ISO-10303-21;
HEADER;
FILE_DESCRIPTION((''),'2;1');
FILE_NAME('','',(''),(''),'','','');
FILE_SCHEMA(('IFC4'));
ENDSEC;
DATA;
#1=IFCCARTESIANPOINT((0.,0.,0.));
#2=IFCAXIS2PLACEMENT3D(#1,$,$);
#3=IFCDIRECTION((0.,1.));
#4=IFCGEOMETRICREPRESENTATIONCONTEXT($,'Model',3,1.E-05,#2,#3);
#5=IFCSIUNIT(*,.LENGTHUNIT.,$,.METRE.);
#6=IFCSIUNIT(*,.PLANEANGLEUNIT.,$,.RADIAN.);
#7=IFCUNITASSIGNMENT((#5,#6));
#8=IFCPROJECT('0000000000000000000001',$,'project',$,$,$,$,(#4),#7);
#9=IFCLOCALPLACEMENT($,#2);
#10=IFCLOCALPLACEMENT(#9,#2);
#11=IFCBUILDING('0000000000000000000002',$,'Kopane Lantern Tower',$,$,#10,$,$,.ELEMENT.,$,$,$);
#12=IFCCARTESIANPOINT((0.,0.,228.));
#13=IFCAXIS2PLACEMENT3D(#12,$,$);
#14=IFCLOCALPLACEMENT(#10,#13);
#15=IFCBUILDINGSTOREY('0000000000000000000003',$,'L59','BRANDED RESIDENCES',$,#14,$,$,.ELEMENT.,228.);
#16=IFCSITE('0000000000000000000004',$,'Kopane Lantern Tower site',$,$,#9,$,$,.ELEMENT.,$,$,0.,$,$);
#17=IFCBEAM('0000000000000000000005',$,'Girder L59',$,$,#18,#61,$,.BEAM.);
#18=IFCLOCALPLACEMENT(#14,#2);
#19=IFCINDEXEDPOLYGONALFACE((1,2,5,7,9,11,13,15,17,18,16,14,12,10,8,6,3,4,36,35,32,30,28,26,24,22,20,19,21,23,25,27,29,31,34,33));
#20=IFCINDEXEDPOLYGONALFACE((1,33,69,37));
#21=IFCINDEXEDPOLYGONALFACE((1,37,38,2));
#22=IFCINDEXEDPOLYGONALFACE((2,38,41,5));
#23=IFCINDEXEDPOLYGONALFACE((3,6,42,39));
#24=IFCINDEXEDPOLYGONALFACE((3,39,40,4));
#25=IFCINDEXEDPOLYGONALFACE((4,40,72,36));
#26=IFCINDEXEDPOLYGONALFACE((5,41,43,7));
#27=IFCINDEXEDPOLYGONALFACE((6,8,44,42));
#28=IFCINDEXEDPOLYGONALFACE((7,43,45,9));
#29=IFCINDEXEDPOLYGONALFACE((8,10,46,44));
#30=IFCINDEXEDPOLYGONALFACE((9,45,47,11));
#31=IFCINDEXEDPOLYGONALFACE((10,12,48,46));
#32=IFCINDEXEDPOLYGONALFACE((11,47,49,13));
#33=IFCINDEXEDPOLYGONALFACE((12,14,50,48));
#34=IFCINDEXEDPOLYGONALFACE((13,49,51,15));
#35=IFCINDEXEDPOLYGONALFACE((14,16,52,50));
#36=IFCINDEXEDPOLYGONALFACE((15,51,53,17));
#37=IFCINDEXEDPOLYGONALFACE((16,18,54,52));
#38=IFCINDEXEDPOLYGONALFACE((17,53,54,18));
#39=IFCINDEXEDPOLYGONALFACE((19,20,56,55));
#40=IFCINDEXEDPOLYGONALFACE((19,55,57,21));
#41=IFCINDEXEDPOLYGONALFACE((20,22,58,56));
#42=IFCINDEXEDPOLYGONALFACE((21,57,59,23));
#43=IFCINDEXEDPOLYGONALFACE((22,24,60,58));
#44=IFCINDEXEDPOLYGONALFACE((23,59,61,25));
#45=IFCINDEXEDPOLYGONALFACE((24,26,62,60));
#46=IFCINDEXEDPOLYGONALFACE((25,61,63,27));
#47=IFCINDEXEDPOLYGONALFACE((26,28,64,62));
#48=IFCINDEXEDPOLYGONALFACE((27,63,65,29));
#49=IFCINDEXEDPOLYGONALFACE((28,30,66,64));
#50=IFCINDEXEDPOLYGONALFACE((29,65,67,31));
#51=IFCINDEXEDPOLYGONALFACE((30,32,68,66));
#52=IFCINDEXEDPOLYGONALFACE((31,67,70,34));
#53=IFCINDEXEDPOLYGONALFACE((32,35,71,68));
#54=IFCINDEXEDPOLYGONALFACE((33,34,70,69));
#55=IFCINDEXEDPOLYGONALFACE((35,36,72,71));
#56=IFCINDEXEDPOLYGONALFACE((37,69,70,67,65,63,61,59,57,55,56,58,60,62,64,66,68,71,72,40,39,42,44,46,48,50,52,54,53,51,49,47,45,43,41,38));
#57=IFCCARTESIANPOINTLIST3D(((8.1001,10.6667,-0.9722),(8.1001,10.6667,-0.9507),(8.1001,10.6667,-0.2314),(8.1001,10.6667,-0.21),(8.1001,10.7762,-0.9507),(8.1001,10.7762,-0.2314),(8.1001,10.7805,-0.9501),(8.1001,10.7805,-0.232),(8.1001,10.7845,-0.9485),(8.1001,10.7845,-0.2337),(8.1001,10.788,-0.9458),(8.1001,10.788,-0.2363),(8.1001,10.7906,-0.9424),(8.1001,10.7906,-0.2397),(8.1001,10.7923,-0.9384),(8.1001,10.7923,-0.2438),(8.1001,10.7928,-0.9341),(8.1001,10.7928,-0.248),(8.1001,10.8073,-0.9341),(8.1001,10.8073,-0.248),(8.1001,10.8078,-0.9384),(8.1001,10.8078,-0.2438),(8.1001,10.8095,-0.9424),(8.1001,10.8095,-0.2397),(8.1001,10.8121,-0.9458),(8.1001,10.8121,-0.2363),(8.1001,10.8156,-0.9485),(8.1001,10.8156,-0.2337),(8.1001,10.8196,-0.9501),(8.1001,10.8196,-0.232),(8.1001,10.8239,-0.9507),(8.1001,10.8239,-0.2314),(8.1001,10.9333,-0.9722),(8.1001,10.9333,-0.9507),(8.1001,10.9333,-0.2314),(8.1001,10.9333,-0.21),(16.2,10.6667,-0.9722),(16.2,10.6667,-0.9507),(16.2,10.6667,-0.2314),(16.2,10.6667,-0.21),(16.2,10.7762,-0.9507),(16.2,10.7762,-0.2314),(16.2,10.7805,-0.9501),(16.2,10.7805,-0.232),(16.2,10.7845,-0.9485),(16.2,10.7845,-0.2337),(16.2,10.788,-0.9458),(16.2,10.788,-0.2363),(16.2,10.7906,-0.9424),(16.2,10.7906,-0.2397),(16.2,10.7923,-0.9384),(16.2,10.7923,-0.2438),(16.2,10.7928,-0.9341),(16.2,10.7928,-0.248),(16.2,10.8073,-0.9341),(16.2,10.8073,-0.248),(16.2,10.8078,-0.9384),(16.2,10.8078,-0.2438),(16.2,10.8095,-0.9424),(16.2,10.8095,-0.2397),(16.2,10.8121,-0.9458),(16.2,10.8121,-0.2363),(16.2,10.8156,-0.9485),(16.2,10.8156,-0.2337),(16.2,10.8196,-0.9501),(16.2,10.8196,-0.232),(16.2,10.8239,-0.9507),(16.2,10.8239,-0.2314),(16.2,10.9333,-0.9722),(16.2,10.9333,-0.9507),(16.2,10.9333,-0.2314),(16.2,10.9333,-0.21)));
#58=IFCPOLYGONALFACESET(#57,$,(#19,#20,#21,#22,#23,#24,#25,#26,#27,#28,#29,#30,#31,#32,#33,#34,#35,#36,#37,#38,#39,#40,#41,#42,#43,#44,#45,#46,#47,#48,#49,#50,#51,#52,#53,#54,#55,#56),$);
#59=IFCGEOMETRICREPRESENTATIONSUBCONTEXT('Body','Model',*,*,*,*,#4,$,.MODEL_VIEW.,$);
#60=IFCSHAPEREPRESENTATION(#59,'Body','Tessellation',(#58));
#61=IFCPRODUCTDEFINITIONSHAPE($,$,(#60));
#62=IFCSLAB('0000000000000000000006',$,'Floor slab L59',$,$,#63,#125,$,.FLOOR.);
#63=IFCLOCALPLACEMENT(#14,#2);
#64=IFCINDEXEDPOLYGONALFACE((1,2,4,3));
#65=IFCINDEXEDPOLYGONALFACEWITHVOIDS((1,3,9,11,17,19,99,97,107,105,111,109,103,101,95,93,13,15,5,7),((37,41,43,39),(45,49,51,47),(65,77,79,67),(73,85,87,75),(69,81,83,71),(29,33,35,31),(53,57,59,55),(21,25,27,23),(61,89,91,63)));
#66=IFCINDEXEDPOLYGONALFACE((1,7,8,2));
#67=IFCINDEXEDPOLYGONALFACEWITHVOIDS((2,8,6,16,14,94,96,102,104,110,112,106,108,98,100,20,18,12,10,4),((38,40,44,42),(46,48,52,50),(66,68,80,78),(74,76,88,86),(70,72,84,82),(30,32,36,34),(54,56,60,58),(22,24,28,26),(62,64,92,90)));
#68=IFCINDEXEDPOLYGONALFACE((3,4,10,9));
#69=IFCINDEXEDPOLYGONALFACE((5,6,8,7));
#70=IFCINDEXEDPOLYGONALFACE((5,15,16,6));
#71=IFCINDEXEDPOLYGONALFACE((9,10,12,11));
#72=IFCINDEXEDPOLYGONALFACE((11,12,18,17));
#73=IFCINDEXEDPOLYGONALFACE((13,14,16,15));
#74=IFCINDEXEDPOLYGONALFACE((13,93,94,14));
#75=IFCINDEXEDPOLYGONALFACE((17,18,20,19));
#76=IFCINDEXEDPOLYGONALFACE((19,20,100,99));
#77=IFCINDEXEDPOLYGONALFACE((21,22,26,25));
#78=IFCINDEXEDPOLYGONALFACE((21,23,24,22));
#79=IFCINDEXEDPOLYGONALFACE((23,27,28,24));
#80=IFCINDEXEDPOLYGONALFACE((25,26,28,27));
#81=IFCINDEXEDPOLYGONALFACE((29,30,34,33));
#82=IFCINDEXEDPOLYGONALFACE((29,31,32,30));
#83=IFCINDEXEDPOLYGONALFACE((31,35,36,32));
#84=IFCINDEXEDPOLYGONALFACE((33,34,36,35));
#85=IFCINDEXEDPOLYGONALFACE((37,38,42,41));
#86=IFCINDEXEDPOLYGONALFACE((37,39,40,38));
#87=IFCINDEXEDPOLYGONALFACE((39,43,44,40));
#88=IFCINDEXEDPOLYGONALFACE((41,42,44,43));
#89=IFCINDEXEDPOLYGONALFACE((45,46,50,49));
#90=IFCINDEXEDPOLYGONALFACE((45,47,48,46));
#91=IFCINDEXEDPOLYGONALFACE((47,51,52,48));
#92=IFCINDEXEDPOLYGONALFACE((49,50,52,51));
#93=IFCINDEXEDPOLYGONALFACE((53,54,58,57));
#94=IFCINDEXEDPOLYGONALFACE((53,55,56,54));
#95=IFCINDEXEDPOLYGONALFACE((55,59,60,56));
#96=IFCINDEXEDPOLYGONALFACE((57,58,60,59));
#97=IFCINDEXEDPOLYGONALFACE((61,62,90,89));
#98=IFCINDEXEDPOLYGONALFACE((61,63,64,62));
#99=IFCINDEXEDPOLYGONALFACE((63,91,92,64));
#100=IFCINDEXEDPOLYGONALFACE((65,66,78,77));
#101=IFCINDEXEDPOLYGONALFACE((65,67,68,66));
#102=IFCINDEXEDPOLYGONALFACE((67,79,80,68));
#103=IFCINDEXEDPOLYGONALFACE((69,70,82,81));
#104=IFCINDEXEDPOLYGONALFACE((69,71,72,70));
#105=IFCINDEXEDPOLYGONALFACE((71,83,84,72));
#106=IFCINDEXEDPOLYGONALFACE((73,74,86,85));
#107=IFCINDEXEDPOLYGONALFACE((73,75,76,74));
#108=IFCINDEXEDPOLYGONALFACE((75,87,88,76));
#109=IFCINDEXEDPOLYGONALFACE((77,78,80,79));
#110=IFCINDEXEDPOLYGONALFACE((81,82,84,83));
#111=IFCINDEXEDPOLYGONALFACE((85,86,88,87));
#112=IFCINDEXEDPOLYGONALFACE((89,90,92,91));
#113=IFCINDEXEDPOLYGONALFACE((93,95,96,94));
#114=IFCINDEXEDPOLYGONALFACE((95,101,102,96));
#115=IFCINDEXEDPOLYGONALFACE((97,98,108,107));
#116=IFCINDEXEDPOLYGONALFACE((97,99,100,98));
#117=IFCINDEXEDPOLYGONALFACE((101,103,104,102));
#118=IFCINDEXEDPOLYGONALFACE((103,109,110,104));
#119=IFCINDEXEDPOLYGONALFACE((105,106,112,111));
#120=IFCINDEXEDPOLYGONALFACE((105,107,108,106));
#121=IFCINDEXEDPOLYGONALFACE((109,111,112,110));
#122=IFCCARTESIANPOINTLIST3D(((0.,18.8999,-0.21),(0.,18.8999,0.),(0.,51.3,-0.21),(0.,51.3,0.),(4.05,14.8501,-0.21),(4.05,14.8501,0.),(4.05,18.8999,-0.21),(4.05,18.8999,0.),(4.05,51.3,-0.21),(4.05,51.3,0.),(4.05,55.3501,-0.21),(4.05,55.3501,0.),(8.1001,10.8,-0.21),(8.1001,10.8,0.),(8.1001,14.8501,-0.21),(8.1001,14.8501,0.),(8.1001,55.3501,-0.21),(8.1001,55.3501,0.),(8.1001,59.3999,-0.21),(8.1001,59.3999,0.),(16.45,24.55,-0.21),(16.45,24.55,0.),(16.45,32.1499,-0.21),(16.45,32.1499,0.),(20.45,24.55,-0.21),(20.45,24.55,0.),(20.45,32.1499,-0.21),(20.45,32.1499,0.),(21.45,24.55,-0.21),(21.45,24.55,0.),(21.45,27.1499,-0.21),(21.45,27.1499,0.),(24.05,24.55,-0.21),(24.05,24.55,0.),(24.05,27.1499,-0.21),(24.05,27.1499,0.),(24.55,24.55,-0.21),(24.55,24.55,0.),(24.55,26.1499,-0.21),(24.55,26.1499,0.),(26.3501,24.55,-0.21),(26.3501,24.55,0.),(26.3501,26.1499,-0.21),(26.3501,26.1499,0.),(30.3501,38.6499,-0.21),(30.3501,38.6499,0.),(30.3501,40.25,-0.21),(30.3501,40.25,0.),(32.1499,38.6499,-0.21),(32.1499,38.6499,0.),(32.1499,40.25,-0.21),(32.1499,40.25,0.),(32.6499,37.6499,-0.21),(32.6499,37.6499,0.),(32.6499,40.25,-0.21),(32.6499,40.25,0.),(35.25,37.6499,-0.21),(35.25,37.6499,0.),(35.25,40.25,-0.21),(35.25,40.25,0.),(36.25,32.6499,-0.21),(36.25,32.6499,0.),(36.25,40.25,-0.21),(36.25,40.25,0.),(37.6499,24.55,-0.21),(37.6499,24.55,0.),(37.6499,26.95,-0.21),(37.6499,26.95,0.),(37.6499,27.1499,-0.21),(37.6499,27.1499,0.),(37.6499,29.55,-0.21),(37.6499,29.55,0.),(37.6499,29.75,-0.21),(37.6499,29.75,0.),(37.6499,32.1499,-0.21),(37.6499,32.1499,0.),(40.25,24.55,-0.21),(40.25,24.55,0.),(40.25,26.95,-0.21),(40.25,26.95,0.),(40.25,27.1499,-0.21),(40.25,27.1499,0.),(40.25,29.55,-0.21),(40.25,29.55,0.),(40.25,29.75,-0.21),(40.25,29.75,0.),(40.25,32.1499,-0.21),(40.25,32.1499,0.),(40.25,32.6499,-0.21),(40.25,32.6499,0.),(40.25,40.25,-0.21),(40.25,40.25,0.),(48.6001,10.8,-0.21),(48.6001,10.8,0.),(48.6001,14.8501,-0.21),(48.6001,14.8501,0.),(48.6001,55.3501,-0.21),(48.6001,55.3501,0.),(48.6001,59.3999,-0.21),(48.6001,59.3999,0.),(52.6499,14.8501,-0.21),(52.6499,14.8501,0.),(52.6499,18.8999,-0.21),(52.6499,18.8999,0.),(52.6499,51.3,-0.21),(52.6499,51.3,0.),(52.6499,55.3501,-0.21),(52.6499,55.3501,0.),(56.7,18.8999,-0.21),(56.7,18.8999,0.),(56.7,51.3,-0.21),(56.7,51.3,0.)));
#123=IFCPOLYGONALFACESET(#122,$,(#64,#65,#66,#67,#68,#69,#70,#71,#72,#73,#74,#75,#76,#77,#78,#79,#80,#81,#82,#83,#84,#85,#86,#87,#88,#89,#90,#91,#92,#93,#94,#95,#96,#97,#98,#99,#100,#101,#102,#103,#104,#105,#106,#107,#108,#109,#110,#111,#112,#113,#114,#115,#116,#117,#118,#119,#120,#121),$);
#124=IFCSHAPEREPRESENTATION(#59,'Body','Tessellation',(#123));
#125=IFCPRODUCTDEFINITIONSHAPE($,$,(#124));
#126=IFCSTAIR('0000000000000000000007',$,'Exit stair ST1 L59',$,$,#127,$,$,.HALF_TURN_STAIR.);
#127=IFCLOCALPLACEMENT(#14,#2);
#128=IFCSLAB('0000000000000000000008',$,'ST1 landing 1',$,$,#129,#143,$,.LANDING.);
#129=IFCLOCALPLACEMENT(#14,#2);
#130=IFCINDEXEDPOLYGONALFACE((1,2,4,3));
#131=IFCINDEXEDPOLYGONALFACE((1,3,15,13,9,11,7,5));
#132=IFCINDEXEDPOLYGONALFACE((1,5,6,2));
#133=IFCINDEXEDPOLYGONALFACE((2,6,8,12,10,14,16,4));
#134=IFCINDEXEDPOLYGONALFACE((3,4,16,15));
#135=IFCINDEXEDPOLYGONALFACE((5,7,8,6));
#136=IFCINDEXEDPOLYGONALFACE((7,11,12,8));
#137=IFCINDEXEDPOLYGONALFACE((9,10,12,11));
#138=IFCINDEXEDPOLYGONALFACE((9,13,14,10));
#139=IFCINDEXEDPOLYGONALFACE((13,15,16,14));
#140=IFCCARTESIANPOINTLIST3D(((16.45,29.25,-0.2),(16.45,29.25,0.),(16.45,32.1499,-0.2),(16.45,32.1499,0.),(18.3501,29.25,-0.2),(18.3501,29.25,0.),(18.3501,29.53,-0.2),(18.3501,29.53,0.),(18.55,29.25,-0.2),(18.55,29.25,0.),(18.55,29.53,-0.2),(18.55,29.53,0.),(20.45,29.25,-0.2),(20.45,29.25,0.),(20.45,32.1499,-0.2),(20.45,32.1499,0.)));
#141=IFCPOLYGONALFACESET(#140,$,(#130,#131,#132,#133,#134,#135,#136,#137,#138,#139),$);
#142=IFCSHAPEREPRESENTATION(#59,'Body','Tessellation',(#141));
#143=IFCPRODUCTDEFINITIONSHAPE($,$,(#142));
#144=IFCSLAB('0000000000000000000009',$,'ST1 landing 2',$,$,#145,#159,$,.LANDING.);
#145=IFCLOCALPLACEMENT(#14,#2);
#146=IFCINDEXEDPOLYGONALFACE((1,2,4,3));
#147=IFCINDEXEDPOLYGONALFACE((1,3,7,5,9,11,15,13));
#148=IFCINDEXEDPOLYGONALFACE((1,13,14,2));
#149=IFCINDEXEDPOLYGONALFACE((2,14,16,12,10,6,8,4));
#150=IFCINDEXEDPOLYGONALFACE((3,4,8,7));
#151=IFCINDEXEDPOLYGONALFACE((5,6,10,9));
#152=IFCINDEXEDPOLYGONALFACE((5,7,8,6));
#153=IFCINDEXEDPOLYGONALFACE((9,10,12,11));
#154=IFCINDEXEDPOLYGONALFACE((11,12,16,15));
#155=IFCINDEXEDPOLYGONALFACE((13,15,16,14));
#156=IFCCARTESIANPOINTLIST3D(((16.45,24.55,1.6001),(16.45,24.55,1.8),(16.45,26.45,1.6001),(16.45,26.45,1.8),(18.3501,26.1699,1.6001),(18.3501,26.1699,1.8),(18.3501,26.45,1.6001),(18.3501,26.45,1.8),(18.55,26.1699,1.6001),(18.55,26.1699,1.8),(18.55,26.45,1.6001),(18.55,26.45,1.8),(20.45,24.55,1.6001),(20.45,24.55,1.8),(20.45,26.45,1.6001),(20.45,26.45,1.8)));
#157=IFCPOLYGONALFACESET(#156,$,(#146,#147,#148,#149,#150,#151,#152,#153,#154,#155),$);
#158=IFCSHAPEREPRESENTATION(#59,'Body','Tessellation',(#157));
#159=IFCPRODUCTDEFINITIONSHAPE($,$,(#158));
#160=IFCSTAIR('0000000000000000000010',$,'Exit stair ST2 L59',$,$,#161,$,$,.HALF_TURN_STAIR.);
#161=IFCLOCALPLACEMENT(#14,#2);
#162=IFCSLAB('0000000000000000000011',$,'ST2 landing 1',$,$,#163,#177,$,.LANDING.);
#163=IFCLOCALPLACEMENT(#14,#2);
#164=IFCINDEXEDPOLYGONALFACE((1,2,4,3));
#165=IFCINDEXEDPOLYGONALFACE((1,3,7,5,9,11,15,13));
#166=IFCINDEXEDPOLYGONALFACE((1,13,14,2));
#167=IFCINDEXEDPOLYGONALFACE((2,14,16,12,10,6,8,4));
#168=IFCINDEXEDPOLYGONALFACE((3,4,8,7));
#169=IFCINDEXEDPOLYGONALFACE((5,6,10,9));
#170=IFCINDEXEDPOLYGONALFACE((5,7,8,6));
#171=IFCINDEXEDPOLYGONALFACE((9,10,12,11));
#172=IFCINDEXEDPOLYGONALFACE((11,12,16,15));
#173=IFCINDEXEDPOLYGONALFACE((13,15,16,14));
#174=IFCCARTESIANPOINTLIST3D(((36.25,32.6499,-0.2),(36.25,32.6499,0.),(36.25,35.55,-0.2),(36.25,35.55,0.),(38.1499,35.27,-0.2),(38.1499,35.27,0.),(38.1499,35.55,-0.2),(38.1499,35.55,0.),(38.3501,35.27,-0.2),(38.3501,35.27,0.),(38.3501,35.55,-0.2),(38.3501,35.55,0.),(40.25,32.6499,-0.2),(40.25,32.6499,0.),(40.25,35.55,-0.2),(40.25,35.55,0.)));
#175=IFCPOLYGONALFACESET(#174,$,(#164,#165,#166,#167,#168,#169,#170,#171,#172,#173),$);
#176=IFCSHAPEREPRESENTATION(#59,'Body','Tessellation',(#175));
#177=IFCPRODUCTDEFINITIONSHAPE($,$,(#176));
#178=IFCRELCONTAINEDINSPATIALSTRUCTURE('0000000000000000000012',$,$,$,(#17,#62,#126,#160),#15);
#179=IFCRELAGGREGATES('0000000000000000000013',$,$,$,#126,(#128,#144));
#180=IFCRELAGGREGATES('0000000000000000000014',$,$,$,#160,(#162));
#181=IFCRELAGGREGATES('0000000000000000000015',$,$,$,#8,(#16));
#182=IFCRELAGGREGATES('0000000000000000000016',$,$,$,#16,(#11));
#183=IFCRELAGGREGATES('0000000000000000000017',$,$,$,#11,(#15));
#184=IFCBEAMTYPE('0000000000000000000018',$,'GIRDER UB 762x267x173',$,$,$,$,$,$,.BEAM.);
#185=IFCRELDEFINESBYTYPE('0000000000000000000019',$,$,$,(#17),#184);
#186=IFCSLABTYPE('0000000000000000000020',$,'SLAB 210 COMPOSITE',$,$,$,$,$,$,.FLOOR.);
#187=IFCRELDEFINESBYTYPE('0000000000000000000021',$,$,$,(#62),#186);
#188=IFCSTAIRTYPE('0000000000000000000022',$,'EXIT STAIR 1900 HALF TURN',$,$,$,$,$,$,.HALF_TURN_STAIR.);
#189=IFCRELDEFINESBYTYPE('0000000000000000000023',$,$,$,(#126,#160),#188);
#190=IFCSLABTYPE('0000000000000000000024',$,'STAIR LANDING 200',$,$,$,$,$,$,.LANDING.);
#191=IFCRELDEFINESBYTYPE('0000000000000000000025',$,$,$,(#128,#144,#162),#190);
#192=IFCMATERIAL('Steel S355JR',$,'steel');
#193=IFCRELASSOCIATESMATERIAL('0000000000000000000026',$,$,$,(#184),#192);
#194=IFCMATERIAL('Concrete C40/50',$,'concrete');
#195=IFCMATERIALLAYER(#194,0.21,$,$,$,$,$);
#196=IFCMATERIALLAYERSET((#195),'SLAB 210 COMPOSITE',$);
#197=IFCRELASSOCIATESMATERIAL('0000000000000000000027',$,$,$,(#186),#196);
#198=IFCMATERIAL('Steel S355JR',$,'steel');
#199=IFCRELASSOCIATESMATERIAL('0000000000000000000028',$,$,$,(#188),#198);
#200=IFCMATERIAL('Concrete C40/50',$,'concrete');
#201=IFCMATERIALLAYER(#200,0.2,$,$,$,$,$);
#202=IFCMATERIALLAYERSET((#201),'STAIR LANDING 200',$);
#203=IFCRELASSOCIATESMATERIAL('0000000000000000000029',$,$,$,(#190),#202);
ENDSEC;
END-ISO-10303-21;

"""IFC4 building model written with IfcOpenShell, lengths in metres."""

from ifc_helpers import new_model, si_unit, direction, frame, origin, origin_2d, place, context, subcontext, project, spatial, polyline, i_section, outline, extrude, material, layer, layer_set, material_profile, profile_set, type_object, element, aggregate, save


model = new_model("IFC4")

# Units and contexts
model_context = context("Model", 3, precision=1e-05, world=origin(), true_north=direction((0.0, 1.0)))
body_context = subcontext(model_context, "Body", "Model", "MODEL_VIEW")
ifc_project = project(units=[si_unit("LENGTHUNIT", "METRE"), si_unit("PLANEANGLEUNIT", "RADIAN")], contexts=[model_context])

# Site, building, storey
site_placement = place(None, origin())
site = spatial("IfcSite", under=ifc_project, at=site_placement, Name="Kopane Lantern Tower site", CompositionType="ELEMENT", RefElevation=0.0)
building_placement = place(site_placement, origin())
building = spatial("IfcBuilding", under=site, at=building_placement, Name="Kopane Lantern Tower", CompositionType="ELEMENT")
storey_placement = place(building_placement, frame((0.0, 0.0, 228.0)))
storey = spatial("IfcBuildingStorey", under=building, at=storey_placement, Name="L59", Description="BRANDED RESIDENCES", CompositionType="ELEMENT", Elevation=228.0)

# Beam
ifc_material_1 = material(Name="Steel S355JR", Category="steel")
ifc_material_profile_1 = material_profile(ifc_material_1, i_section(OverallWidth=0.2666, OverallDepth=0.7622, WebThickness=0.0144, FlangeThickness=0.0215, FilletRadius=0.0166, at=origin_2d()), Name="UB 762x267x173")
ifc_profile_set_1 = profile_set([ifc_material_profile_1], Name="Steel S355JR")
beam_type_1 = type_object("IfcBeamType", Name="GIRDER UB 762x267x173", PredefinedType="BEAM", material=ifc_profile_set_1)
for number, where, z_axis, x_axis, name in (
    (1, (8.1001, 10.8, -0.5911), (1.0, 0.0, 0.0), (0.0, 1.0, 0.0), "Girder L59"),
):
    element("IfcBeam", number, at=place(storey_placement, frame(where, z_axis=z_axis, x_axis=x_axis)), inside=storey, type_object=beam_type_1, Name=name, PredefinedType="BEAM", context=body_context, shape_type="SweptSolid", body=[
        extrude(i_section(OverallWidth=0.2666, OverallDepth=0.7622, WebThickness=0.0144, FlangeThickness=0.0215, FilletRadius=0.0166, at=origin_2d()), origin(), (0.0, 0.0, 1.0), 8.0999),
    ])

# Slab
ifc_material_2 = material(Name="Concrete C40/50", Category="concrete")
ifc_layer_1 = layer(ifc_material_2, 0.21)
ifc_layer_set_1 = layer_set([ifc_layer_1], Name="SLAB 210 COMPOSITE")
slab_type_1 = type_object("IfcSlabType", Name="SLAB 210 COMPOSITE", PredefinedType="FLOOR", material=ifc_layer_set_1)
slab_1_placement = place(storey_placement, frame((0.0, 0.0, -0.21)))
element("IfcSlab", 2, at=slab_1_placement, inside=storey, type_object=slab_type_1, Name="Floor slab L59", PredefinedType="FLOOR", context=body_context, shape_type="SweptSolid", body=[
    extrude(outline(polyline([(8.1001, 10.8), (48.6001, 10.8), (48.6001, 14.8501), (52.6499, 14.8501), (52.6499, 18.8999), (56.7, 18.8999), (56.7, 51.3), (52.6499, 51.3), (52.6499, 55.3501), (48.6001, 55.3501), (48.6001, 59.3999), (8.1001, 59.3999), (8.1001, 55.3501), (4.05, 55.3501), (4.05, 51.3), (0.0, 51.3), (0.0, 18.8999), (4.05, 18.8999), (4.05, 14.8501), (8.1001, 14.8501), (8.1001, 10.8)]), holes=[polyline([(16.45, 24.55), (20.45, 24.55), (20.45, 32.1499), (16.45, 32.1499), (16.45, 24.55)]), polyline([(36.25, 32.6499), (40.25, 32.6499), (40.25, 40.25), (36.25, 40.25), (36.25, 32.6499)]), polyline([(37.6499, 24.55), (40.25, 24.55), (40.25, 26.95), (37.6499, 26.95), (37.6499, 24.55)]), polyline([(37.6499, 27.1499), (40.25, 27.1499), (40.25, 29.55), (37.6499, 29.55), (37.6499, 27.1499)]), polyline([(37.6499, 29.75), (40.25, 29.75), (40.25, 32.1499), (37.6499, 32.1499), (37.6499, 29.75)]), polyline([(21.45, 24.55), (24.05, 24.55), (24.05, 27.1499), (21.45, 27.1499), (21.45, 24.55)]), polyline([(32.6499, 37.6499), (35.25, 37.6499), (35.25, 40.25), (32.6499, 40.25), (32.6499, 37.6499)]), polyline([(24.55, 24.55), (26.3501, 24.55), (26.3501, 26.1499), (24.55, 26.1499), (24.55, 24.55)]), polyline([(30.3501, 38.6499), (32.1499, 38.6499), (32.1499, 40.25), (30.3501, 40.25), (30.3501, 38.6499)])]), origin(), (0.0, 0.0, 1.0), 0.21),
])

# Stairs, slabs
ifc_material_3 = material(Name="Steel S355JR", Category="steel")
stair_type = type_object("IfcStairType", Name="EXIT STAIR 1900 HALF TURN", PredefinedType="HALF_TURN_STAIR", material=ifc_material_3)
stair_1_placement = place(storey_placement, origin())
stair_1 = element("IfcStair", 3, at=stair_1_placement, inside=storey, type_object=stair_type, Name="Exit stair ST1 L59", PredefinedType="HALF_TURN_STAIR")
ifc_material_4 = material(Name="Concrete C40/50", Category="concrete")
ifc_layer_2 = layer(ifc_material_4, 0.2)
ifc_layer_set_2 = layer_set([ifc_layer_2], Name="STAIR LANDING 200")
slab_type_2 = type_object("IfcSlabType", Name="STAIR LANDING 200", PredefinedType="LANDING", material=ifc_layer_set_2)
slab_2_placement = place(storey_placement, frame((0.0, 0.0, -0.2)))
slab_2 = element("IfcSlab", 4, at=slab_2_placement, type_object=slab_type_2, Name="ST1 landing 1", PredefinedType="LANDING", context=body_context, shape_type="SweptSolid", body=[
    extrude(outline(polyline([(18.3501, 29.53), (18.55, 29.53), (18.55, 29.25), (20.45, 29.25), (20.45, 32.1499), (16.45, 32.1499), (16.45, 29.25), (18.3501, 29.25), (18.3501, 29.53)])), origin(), (0.0, 0.0, 1.0), 0.2),
])
slab_3_placement = place(storey_placement, frame((0.0, 0.0, 1.6001)))
slab_3 = element("IfcSlab", 5, at=slab_3_placement, type_object=slab_type_2, Name="ST1 landing 2", PredefinedType="LANDING", context=body_context, shape_type="SweptSolid", body=[
    extrude(outline(polyline([(20.45, 26.45), (18.55, 26.45), (18.55, 26.1699), (18.3501, 26.1699), (18.3501, 26.45), (16.45, 26.45), (16.45, 24.55), (20.45, 24.55), (20.45, 26.45)])), origin(), (0.0, 0.0, 1.0), 0.2),
])
aggregate(stair_1, [slab_2, slab_3])
stair_2_placement = place(storey_placement, origin())
stair_2 = element("IfcStair", 6, at=stair_2_placement, inside=storey, type_object=stair_type, Name="Exit stair ST2 L59", PredefinedType="HALF_TURN_STAIR")
slab_4_placement = place(storey_placement, frame((0.0, 0.0, -0.2)))
slab_4 = element("IfcSlab", 7, at=slab_4_placement, type_object=slab_type_2, Name="ST2 landing 1", PredefinedType="LANDING", context=body_context, shape_type="SweptSolid", body=[
    extrude(outline(polyline([(40.25, 35.55), (38.3501, 35.55), (38.3501, 35.27), (38.1499, 35.27), (38.1499, 35.55), (36.25, 35.55), (36.25, 32.6499), (40.25, 32.6499), (40.25, 35.55)])), origin(), (0.0, 0.0, 1.0), 0.2),
])
aggregate(stair_2, [slab_4])

save(model, "model.ifc")
